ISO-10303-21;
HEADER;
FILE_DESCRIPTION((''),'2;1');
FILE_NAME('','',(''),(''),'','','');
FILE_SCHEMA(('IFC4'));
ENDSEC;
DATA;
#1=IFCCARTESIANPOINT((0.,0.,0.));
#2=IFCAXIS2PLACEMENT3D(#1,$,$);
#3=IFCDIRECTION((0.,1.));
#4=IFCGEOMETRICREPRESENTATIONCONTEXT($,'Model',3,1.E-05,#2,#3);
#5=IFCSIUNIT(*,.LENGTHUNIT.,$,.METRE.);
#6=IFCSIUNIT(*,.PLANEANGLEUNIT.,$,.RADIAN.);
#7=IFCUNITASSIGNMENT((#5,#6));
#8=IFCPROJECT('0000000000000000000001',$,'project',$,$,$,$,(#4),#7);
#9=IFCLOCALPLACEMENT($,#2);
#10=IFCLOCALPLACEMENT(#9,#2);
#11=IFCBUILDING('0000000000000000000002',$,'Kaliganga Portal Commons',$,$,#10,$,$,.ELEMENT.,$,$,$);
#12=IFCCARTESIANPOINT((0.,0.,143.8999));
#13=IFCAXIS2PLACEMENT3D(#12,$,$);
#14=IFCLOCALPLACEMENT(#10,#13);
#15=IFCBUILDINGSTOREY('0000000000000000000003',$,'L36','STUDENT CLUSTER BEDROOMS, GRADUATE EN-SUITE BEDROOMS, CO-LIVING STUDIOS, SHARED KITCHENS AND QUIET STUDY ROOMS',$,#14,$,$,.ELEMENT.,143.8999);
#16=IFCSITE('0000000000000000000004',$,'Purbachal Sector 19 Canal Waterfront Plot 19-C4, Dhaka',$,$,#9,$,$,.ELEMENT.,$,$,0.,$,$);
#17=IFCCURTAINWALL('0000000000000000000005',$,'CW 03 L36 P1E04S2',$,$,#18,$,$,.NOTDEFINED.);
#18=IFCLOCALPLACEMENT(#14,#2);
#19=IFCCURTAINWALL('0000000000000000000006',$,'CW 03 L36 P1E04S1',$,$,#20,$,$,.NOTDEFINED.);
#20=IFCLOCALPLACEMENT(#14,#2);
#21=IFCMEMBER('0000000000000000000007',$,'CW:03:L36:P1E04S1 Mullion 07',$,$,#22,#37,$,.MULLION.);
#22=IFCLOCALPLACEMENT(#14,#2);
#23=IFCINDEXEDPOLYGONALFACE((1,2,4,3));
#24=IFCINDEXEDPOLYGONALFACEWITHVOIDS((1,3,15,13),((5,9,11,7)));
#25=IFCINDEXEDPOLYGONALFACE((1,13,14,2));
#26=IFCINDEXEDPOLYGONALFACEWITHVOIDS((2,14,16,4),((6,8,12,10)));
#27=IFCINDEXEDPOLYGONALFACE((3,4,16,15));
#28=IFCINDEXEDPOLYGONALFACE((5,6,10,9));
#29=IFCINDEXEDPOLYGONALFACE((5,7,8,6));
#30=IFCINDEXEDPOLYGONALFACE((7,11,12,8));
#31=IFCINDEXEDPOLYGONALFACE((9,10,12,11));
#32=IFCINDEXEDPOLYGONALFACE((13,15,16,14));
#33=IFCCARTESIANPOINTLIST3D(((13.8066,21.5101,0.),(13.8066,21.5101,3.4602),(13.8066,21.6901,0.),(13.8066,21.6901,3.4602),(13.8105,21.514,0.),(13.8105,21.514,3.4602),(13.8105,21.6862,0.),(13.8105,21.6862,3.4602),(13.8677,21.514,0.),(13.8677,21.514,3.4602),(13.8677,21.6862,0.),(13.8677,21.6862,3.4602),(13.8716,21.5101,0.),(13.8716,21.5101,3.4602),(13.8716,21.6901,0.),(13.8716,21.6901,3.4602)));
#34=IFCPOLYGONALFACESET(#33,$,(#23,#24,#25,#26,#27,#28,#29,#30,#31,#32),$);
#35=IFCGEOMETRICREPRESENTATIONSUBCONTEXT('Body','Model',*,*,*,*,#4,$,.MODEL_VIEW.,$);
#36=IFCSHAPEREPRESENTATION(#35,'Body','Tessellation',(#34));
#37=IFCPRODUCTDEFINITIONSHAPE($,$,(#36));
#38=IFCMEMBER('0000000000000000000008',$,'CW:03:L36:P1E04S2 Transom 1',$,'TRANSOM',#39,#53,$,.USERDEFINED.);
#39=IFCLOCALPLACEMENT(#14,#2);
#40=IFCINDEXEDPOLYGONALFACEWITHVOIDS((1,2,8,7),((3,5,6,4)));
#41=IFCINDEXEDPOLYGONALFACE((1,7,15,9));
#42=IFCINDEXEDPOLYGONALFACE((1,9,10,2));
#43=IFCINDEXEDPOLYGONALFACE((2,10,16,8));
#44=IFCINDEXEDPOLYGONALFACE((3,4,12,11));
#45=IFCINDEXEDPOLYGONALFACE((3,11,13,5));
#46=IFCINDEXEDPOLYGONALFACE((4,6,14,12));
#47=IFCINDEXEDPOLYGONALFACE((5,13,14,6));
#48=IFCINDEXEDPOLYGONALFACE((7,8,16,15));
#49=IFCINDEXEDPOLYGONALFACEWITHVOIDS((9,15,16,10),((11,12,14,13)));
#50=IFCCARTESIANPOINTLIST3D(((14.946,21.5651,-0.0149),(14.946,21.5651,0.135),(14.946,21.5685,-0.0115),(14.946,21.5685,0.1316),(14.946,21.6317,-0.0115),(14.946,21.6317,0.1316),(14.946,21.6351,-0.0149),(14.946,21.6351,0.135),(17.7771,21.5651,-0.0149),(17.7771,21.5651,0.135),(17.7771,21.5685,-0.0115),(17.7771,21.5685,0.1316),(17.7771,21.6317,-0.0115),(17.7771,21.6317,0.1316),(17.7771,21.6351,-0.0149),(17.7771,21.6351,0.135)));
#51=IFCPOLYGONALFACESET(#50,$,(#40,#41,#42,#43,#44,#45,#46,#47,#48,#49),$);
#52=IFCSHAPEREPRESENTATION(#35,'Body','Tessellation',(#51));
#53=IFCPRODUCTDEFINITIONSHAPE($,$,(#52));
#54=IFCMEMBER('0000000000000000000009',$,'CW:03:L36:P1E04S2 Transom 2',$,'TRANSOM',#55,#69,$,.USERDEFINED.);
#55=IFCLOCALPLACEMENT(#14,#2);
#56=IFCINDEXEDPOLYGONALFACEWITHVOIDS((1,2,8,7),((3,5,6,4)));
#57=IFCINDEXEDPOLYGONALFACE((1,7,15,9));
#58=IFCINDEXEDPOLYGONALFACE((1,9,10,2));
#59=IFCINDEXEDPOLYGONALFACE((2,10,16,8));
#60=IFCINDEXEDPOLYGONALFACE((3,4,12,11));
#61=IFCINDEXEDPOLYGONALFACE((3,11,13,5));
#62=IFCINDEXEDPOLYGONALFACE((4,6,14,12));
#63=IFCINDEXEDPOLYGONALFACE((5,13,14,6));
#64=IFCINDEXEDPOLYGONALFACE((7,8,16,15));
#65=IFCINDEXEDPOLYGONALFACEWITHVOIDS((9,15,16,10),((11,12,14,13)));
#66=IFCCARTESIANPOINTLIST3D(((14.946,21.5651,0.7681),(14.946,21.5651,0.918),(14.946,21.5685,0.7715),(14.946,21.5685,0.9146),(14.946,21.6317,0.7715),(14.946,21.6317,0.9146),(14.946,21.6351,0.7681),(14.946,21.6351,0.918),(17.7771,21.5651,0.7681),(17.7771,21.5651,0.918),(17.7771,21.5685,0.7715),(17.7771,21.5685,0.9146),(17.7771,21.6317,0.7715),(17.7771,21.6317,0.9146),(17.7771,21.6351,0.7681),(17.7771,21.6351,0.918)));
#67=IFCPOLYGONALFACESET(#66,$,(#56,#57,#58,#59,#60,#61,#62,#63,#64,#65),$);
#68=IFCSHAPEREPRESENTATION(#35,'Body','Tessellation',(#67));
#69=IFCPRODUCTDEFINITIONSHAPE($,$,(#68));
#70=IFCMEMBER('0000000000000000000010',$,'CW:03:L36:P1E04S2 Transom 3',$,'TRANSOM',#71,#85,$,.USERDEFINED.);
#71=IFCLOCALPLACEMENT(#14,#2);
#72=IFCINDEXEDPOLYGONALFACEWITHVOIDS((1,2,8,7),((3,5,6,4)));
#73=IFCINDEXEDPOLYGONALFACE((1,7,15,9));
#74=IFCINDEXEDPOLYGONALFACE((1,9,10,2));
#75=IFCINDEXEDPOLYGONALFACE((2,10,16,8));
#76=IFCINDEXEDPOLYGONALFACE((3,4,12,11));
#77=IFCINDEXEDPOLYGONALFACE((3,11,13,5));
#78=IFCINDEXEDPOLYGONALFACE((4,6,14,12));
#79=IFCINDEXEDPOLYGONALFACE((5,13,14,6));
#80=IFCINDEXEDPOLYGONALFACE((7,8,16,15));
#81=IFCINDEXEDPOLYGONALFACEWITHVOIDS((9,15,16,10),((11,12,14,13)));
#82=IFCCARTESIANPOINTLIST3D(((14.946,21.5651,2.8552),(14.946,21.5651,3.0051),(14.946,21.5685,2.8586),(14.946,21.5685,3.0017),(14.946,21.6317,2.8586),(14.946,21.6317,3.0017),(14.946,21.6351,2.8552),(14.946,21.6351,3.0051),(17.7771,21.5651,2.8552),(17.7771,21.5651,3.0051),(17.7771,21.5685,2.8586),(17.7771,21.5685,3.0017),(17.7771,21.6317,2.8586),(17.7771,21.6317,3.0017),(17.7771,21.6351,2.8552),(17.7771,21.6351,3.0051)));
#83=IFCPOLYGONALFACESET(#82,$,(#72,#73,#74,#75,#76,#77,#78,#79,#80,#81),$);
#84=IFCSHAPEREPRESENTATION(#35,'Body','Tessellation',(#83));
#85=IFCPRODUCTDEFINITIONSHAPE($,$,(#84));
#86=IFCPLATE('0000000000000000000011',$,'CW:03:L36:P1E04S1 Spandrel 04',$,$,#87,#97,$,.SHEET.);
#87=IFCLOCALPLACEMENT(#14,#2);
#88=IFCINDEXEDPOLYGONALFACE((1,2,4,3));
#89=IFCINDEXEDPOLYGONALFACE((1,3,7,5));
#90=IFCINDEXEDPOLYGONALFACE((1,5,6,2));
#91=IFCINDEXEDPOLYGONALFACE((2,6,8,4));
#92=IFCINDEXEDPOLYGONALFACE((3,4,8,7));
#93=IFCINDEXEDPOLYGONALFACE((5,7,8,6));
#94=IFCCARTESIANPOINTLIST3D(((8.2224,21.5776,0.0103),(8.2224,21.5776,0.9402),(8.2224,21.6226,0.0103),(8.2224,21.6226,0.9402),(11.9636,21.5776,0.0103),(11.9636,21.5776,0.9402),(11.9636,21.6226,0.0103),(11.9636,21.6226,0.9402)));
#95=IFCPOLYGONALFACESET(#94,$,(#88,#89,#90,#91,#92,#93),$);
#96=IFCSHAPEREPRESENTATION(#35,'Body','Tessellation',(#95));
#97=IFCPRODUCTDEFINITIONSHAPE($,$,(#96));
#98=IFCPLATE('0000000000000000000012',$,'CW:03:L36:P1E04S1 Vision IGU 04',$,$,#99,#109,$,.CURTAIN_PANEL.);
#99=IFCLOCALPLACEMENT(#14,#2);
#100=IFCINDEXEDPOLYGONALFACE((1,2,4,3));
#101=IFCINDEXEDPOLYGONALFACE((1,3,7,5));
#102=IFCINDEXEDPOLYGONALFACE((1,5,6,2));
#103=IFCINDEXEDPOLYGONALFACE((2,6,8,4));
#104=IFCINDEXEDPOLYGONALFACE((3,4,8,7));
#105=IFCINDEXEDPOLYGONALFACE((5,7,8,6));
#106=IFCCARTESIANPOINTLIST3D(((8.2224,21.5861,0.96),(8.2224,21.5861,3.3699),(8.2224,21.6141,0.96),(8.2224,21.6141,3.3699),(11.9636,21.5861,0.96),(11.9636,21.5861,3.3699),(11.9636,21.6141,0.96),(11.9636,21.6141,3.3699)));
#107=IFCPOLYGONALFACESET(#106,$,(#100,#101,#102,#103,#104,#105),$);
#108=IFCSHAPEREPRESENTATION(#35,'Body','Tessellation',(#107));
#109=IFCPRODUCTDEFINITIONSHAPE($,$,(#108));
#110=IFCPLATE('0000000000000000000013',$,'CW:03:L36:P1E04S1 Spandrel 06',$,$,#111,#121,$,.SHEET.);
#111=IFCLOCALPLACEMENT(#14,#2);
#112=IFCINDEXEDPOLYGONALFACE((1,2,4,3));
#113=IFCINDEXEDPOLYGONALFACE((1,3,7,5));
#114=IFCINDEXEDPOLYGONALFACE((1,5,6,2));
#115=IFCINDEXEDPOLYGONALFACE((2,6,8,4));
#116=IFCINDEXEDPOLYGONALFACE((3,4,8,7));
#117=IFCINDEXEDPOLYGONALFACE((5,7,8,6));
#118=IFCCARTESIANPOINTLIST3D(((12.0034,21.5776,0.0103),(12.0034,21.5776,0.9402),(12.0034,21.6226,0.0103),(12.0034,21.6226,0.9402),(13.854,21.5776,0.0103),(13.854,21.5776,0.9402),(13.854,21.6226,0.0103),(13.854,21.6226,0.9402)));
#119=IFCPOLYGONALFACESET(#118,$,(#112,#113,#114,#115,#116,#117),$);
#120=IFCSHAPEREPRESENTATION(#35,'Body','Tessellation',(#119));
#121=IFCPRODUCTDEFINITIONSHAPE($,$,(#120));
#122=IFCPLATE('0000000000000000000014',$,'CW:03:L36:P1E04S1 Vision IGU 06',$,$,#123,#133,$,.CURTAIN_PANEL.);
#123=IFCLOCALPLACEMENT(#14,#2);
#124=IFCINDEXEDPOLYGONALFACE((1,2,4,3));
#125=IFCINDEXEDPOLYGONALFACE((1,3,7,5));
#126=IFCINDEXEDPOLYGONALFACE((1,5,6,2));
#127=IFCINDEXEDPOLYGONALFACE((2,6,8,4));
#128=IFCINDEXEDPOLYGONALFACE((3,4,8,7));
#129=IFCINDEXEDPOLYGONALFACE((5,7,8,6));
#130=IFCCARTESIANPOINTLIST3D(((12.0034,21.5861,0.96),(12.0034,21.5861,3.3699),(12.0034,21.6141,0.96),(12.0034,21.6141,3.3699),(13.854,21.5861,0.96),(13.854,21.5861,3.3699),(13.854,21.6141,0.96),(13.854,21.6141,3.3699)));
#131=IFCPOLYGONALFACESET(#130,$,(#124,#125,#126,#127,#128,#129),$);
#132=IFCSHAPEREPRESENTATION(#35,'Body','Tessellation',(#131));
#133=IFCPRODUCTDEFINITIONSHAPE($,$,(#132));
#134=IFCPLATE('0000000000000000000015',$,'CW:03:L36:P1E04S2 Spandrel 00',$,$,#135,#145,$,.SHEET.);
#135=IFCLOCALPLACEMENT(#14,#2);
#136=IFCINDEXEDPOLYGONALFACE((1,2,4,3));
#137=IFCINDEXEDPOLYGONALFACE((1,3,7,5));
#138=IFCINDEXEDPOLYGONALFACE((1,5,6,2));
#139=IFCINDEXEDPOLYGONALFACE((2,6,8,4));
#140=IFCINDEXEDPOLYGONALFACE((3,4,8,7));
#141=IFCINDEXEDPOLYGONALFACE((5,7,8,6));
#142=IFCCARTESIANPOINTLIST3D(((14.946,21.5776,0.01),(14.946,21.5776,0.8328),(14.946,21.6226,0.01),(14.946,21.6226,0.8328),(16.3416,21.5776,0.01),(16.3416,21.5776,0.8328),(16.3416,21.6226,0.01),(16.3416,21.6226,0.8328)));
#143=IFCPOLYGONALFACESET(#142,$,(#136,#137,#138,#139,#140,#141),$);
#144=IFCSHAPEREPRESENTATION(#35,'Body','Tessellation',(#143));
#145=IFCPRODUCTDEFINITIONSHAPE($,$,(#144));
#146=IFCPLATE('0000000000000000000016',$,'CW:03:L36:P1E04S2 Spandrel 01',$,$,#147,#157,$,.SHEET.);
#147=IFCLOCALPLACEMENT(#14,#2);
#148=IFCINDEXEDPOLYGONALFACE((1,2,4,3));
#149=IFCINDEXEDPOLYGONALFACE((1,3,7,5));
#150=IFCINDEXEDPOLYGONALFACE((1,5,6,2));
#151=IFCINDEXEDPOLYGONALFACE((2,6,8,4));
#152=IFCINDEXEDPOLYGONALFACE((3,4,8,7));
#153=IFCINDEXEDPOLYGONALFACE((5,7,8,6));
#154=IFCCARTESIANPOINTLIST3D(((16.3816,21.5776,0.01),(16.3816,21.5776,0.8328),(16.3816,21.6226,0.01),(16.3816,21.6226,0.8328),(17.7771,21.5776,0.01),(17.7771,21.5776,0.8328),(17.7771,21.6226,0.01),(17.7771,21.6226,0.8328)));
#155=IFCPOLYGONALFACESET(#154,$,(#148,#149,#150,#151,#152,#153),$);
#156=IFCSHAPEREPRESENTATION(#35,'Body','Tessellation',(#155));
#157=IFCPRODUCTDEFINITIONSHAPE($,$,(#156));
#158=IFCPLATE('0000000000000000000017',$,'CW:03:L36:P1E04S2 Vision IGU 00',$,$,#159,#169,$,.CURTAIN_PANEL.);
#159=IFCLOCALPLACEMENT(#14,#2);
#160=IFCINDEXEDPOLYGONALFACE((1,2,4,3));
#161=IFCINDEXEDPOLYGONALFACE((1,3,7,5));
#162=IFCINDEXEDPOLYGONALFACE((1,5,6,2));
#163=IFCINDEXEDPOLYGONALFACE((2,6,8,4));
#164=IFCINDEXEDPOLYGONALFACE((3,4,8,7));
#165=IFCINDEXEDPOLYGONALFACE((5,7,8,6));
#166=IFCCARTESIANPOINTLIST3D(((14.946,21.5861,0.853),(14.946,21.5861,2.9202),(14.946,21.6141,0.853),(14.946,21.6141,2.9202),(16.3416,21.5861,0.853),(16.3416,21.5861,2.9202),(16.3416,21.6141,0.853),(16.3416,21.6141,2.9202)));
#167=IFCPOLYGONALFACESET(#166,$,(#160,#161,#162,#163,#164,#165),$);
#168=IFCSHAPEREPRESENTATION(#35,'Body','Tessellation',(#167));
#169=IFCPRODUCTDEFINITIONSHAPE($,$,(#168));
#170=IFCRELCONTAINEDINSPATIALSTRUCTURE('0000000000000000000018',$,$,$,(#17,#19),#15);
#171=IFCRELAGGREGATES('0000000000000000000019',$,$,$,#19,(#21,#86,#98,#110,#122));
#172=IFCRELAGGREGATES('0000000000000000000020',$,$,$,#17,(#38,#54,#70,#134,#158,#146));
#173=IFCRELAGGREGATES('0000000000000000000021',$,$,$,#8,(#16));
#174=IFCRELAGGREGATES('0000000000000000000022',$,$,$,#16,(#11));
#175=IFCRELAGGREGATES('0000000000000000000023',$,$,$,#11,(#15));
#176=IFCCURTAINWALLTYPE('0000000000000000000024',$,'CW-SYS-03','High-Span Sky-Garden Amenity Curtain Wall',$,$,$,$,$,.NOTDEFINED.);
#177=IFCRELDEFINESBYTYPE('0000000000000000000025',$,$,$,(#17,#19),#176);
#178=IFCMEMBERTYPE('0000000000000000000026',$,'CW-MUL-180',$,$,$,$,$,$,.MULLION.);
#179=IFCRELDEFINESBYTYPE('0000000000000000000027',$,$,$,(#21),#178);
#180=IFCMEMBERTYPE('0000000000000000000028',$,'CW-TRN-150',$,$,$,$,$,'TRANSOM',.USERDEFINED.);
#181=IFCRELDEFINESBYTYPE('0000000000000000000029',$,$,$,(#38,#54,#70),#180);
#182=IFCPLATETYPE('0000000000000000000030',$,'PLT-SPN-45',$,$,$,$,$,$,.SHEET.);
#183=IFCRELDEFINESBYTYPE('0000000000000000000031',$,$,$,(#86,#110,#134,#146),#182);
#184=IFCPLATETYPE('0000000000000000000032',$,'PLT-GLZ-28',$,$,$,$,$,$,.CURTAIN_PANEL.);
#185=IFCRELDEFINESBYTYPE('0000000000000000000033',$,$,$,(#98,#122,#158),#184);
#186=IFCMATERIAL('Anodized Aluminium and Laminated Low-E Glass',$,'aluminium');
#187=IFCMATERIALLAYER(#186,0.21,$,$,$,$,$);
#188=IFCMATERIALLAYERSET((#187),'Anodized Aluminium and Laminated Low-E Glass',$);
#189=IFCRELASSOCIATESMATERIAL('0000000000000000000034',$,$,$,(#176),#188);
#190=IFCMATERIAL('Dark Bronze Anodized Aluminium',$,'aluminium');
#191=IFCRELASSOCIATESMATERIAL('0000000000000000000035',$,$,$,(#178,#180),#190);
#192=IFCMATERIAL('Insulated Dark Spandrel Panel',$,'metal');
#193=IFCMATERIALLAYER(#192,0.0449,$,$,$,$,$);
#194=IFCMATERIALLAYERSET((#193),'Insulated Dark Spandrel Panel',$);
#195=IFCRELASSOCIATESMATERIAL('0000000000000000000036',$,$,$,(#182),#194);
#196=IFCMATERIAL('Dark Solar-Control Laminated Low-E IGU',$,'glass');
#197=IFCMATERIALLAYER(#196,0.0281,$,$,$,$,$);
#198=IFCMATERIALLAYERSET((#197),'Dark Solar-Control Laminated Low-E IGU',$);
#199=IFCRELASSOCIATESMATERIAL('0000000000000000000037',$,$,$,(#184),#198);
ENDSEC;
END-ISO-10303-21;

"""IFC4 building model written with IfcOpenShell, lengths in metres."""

from ifc_helpers import new_model, si_unit, direction, frame, origin, origin_2d, place, context, subcontext, project, spatial, rectangle, hollow_rectangle, extrude, source, transform, mapped, material, layer, layer_set, material_profile, profile_set, type_object, element, aggregate, save


model = new_model("IFC4")

# Units and contexts
model_context = context("Model", 3, precision=1e-05, world=origin(), true_north=direction((0.0, 1.0)))
body_context = subcontext(model_context, "Body", "Model", "MODEL_VIEW")
ifc_project = project(units=[si_unit("LENGTHUNIT", "METRE"), si_unit("PLANEANGLEUNIT", "RADIAN")], contexts=[model_context])

# Site, building, storey
site_placement = place(None, origin())
site = spatial("IfcSite", under=ifc_project, at=site_placement, Name="Purbachal Sector 19 Canal Waterfront Plot 19-C4, Dhaka", CompositionType="ELEMENT", RefElevation=0.0)
building_placement = place(site_placement, origin())
building = spatial("IfcBuilding", under=site, at=building_placement, Name="Kaliganga Portal Commons", CompositionType="ELEMENT")
storey_placement = place(building_placement, frame((0.0, 0.0, 143.8999)))
storey = spatial("IfcBuildingStorey", under=building, at=storey_placement, Name="L36", Description="STUDENT CLUSTER BEDROOMS, GRADUATE EN-SUITE BEDROOMS, CO-LIVING STUDIOS, SHARED KITCHENS AND QUIET STUDY ROOMS", CompositionType="ELEMENT", Elevation=143.8999)

# Curtain walls, member
ifc_material_1 = material(Name="Anodized Aluminium and Laminated Low-E Glass", Category="aluminium")
ifc_layer_1 = layer(ifc_material_1, 0.21)
ifc_layer_set_1 = layer_set([ifc_layer_1], Name="Anodized Aluminium and Laminated Low-E Glass")
curtain_wall_type = type_object("IfcCurtainWallType", Name="CW-SYS-03", Description="High-Span Sky-Garden Amenity Curtain Wall", PredefinedType="NOTDEFINED", material=ifc_layer_set_1)
curtain_wall_1_placement = place(storey_placement, origin())
curtain_wall_1 = element("IfcCurtainWall", 1, at=curtain_wall_1_placement, inside=storey, type_object=curtain_wall_type, Name="CW 03 L36 P1E04S2", PredefinedType="NOTDEFINED")
ifc_material_2 = material(Name="Dark Bronze Anodized Aluminium", Category="aluminium")
ifc_material_profile_1 = material_profile(ifc_material_2, hollow_rectangle(XDim=0.0649, YDim=0.1799, WallThickness=0.0039, at=origin_2d()), Name="ALU MULL 65x180x4")
ifc_profile_set_1 = profile_set([ifc_material_profile_1], Name="Dark Bronze Anodized Aluminium")
member_type_1 = type_object("IfcMemberType", Name="CW-MUL-180", PredefinedType="MULLION", material=ifc_profile_set_1)
curtain_wall_2_placement = place(storey_placement, origin())
curtain_wall_2 = element("IfcCurtainWall", 2, at=curtain_wall_2_placement, inside=storey, type_object=curtain_wall_type, Name="CW 03 L36 P1E04S1", PredefinedType="NOTDEFINED")
shared_shape_1 = source(origin(), body_context, "Body", "SweptSolid", [
    extrude(hollow_rectangle(XDim=0.0649, YDim=0.1799, WallThickness=0.0039, at=origin_2d()), origin(), (0.0, 0.0, 1.0), 3.4602),
])
member_1_placement = place(storey_placement, frame((13.8391, 21.6001, 0.0), z_axis=(0.0, 0.0, 1.0), x_axis=(1.0, 0.0, 0.0)))
member_1 = element("IfcMember", 3, at=member_1_placement, type_object=member_type_1, Name="CW:03:L36:P1E04S1 Mullion 07", PredefinedType="MULLION", context=body_context, shape_type="MappedRepresentation", body=[
    mapped(shared_shape_1, transform((0.0, 0.0, 0.0), x_axis=(1.0, 0.0, 0.0), y_axis=(0.0, 1.0, 0.0), z_axis=(0.0, 0.0, 1.0), scale=1.0)),
])

# Members
ifc_material_profile_2 = material_profile(ifc_material_2, hollow_rectangle(XDim=0.0701, YDim=0.1499, WallThickness=0.0034, at=origin_2d()), Name="ALU TRAN 70x150x3.5")
ifc_profile_set_2 = profile_set([ifc_material_profile_2], Name="Dark Bronze Anodized Aluminium")
member_type_2 = type_object("IfcMemberType", Name="CW-TRN-150", ElementType="TRANSOM", PredefinedType="USERDEFINED", material=ifc_profile_set_2)
shared_shape_2 = source(origin(), body_context, "Body", "SweptSolid", [
    extrude(hollow_rectangle(XDim=0.0701, YDim=0.1499, WallThickness=0.0034, at=origin_2d()), origin(), (0.0, 0.0, 1.0), 2.8311),
])
member_2_placement = place(storey_placement, frame((14.946, 21.6001, 0.0601), z_axis=(1.0, 0.0, 0.0), x_axis=(0.0, 1.0, 0.0)))
member_2 = element("IfcMember", 4, at=member_2_placement, type_object=member_type_2, Name="CW:03:L36:P1E04S2 Transom 1", ObjectType="TRANSOM", PredefinedType="USERDEFINED", context=body_context, shape_type="MappedRepresentation", body=[
    mapped(shared_shape_2, transform((0.0, 0.0, 0.0), x_axis=(1.0, 0.0, 0.0), y_axis=(0.0, 1.0, 0.0), z_axis=(0.0, 0.0, 1.0), scale=1.0)),
])
member_3_placement = place(storey_placement, frame((14.946, 21.6001, 0.843), z_axis=(1.0, 0.0, 0.0), x_axis=(0.0, 1.0, 0.0)))
member_3 = element("IfcMember", 5, at=member_3_placement, type_object=member_type_2, Name="CW:03:L36:P1E04S2 Transom 2", ObjectType="TRANSOM", PredefinedType="USERDEFINED", context=body_context, shape_type="MappedRepresentation", body=[
    mapped(shared_shape_2, transform((0.0, 0.0, 0.0), x_axis=(1.0, 0.0, 0.0), y_axis=(0.0, 1.0, 0.0), z_axis=(0.0, 0.0, 1.0), scale=1.0)),
])
member_4_placement = place(storey_placement, frame((14.946, 21.6001, 2.9302), z_axis=(1.0, 0.0, 0.0), x_axis=(0.0, 1.0, 0.0)))
member_4 = element("IfcMember", 6, at=member_4_placement, type_object=member_type_2, Name="CW:03:L36:P1E04S2 Transom 3", ObjectType="TRANSOM", PredefinedType="USERDEFINED", context=body_context, shape_type="MappedRepresentation", body=[
    mapped(shared_shape_2, transform((0.0, 0.0, 0.0), x_axis=(1.0, 0.0, 0.0), y_axis=(0.0, 1.0, 0.0), z_axis=(0.0, 0.0, 1.0), scale=1.0)),
])

# Plates
ifc_material_3 = material(Name="Insulated Dark Spandrel Panel", Category="metal")
ifc_layer_2 = layer(ifc_material_3, 0.0449)
ifc_layer_set_2 = layer_set([ifc_layer_2], Name="Insulated Dark Spandrel Panel")
plate_type_1 = type_object("IfcPlateType", Name="PLT-SPN-45", PredefinedType="SHEET", material=ifc_layer_set_2)
shared_shape_3 = source(origin(), body_context, "Body", "SweptSolid", [
    extrude(rectangle(XDim=3.7412, YDim=0.0449, at=origin_2d()), origin(), (0.0, 0.0, 1.0), 0.9299),
])
plate_1_placement = place(storey_placement, frame((10.093, 21.6001, 0.0103), z_axis=(0.0, 0.0, 1.0), x_axis=(1.0, 0.0, 0.0)))
plate_1 = element("IfcPlate", 7, at=plate_1_placement, type_object=plate_type_1, Name="CW:03:L36:P1E04S1 Spandrel 04", PredefinedType="SHEET", context=body_context, shape_type="MappedRepresentation", body=[
    mapped(shared_shape_3, transform((0.0, 0.0, 0.0), x_axis=(1.0, 0.0, 0.0), y_axis=(0.0, 1.0, 0.0), z_axis=(0.0, 0.0, 1.0), scale=1.0)),
])
ifc_material_4 = material(Name="Dark Solar-Control Laminated Low-E IGU", Category="glass")
ifc_layer_3 = layer(ifc_material_4, 0.0281)
ifc_layer_set_3 = layer_set([ifc_layer_3], Name="Dark Solar-Control Laminated Low-E IGU")
plate_type_2 = type_object("IfcPlateType", Name="PLT-GLZ-28", PredefinedType="CURTAIN_PANEL", material=ifc_layer_set_3)
shared_shape_4 = source(origin(), body_context, "Body", "SweptSolid", [
    extrude(rectangle(XDim=3.7412, YDim=0.0281, at=origin_2d()), origin(), (0.0, 0.0, 1.0), 2.4099),
])
plate_2_placement = place(storey_placement, frame((10.093, 21.6001, 0.96), z_axis=(0.0, 0.0, 1.0), x_axis=(1.0, 0.0, 0.0)))
plate_2 = element("IfcPlate", 8, at=plate_2_placement, type_object=plate_type_2, Name="CW:03:L36:P1E04S1 Vision IGU 04", PredefinedType="CURTAIN_PANEL", context=body_context, shape_type="MappedRepresentation", body=[
    mapped(shared_shape_4, transform((0.0, 0.0, 0.0), x_axis=(1.0, 0.0, 0.0), y_axis=(0.0, 1.0, 0.0), z_axis=(0.0, 0.0, 1.0), scale=1.0)),
])
shared_shape_5 = source(origin(), body_context, "Body", "SweptSolid", [
    extrude(rectangle(XDim=1.8506, YDim=0.0449, at=origin_2d()), origin(), (0.0, 0.0, 1.0), 0.9299),
])
plate_3_placement = place(storey_placement, frame((12.9287, 21.6001, 0.0103), z_axis=(0.0, 0.0, 1.0), x_axis=(1.0, 0.0, 0.0)))
plate_3 = element("IfcPlate", 9, at=plate_3_placement, type_object=plate_type_1, Name="CW:03:L36:P1E04S1 Spandrel 06", PredefinedType="SHEET", context=body_context, shape_type="MappedRepresentation", body=[
    mapped(shared_shape_5, transform((0.0, 0.0, 0.0), x_axis=(1.0, 0.0, 0.0), y_axis=(0.0, 1.0, 0.0), z_axis=(0.0, 0.0, 1.0), scale=1.0)),
])
shared_shape_6 = source(origin(), body_context, "Body", "SweptSolid", [
    extrude(rectangle(XDim=1.8506, YDim=0.0281, at=origin_2d()), origin(), (0.0, 0.0, 1.0), 2.4099),
])
plate_4_placement = place(storey_placement, frame((12.9287, 21.6001, 0.96), z_axis=(0.0, 0.0, 1.0), x_axis=(1.0, 0.0, 0.0)))
plate_4 = element("IfcPlate", 10, at=plate_4_placement, type_object=plate_type_2, Name="CW:03:L36:P1E04S1 Vision IGU 06", PredefinedType="CURTAIN_PANEL", context=body_context, shape_type="MappedRepresentation", body=[
    mapped(shared_shape_6, transform((0.0, 0.0, 0.0), x_axis=(1.0, 0.0, 0.0), y_axis=(0.0, 1.0, 0.0), z_axis=(0.0, 0.0, 1.0), scale=1.0)),
])
aggregate(curtain_wall_2, [member_1, plate_1, plate_2, plate_3, plate_4])
shared_shape_7 = source(origin(), body_context, "Body", "SweptSolid", [
    extrude(rectangle(XDim=1.3955, YDim=0.0449, at=origin_2d()), origin(), (0.0, 0.0, 1.0), 0.8228),
])
plate_5_placement = place(storey_placement, frame((15.6438, 21.6001, 0.01), z_axis=(0.0, 0.0, 1.0), x_axis=(1.0, 0.0, 0.0)))
plate_5 = element("IfcPlate", 11, at=plate_5_placement, type_object=plate_type_1, Name="CW:03:L36:P1E04S2 Spandrel 00", PredefinedType="SHEET", context=body_context, shape_type="MappedRepresentation", body=[
    mapped(shared_shape_7, transform((0.0, 0.0, 0.0), x_axis=(1.0, 0.0, 0.0), y_axis=(0.0, 1.0, 0.0), z_axis=(0.0, 0.0, 1.0), scale=1.0)),
])
plate_6_placement = place(storey_placement, frame((17.0793, 21.6001, 0.01), z_axis=(0.0, 0.0, 1.0), x_axis=(1.0, 0.0, 0.0)))
plate_6 = element("IfcPlate", 12, at=plate_6_placement, type_object=plate_type_1, Name="CW:03:L36:P1E04S2 Spandrel 01", PredefinedType="SHEET", context=body_context, shape_type="MappedRepresentation", body=[
    mapped(shared_shape_7, transform((0.0, 0.0, 0.0), x_axis=(1.0, 0.0, 0.0), y_axis=(0.0, 1.0, 0.0), z_axis=(0.0, 0.0, 1.0), scale=1.0)),
])
shared_shape_8 = source(origin(), body_context, "Body", "SweptSolid", [
    extrude(rectangle(XDim=1.3955, YDim=0.0281, at=origin_2d()), origin(), (0.0, 0.0, 1.0), 2.0671),
])
plate_7_placement = place(storey_placement, frame((15.6438, 21.6001, 0.853), z_axis=(0.0, 0.0, 1.0), x_axis=(1.0, 0.0, 0.0)))
plate_7 = element("IfcPlate", 13, at=plate_7_placement, type_object=plate_type_2, Name="CW:03:L36:P1E04S2 Vision IGU 00", PredefinedType="CURTAIN_PANEL", context=body_context, shape_type="MappedRepresentation", body=[
    mapped(shared_shape_8, transform((0.0, 0.0, 0.0), x_axis=(1.0, 0.0, 0.0), y_axis=(0.0, 1.0, 0.0), z_axis=(0.0, 0.0, 1.0), scale=1.0)),
])
aggregate(curtain_wall_1, [member_2, member_3, member_4, plate_5, plate_7, plate_6])

save(model, "model.ifc")
